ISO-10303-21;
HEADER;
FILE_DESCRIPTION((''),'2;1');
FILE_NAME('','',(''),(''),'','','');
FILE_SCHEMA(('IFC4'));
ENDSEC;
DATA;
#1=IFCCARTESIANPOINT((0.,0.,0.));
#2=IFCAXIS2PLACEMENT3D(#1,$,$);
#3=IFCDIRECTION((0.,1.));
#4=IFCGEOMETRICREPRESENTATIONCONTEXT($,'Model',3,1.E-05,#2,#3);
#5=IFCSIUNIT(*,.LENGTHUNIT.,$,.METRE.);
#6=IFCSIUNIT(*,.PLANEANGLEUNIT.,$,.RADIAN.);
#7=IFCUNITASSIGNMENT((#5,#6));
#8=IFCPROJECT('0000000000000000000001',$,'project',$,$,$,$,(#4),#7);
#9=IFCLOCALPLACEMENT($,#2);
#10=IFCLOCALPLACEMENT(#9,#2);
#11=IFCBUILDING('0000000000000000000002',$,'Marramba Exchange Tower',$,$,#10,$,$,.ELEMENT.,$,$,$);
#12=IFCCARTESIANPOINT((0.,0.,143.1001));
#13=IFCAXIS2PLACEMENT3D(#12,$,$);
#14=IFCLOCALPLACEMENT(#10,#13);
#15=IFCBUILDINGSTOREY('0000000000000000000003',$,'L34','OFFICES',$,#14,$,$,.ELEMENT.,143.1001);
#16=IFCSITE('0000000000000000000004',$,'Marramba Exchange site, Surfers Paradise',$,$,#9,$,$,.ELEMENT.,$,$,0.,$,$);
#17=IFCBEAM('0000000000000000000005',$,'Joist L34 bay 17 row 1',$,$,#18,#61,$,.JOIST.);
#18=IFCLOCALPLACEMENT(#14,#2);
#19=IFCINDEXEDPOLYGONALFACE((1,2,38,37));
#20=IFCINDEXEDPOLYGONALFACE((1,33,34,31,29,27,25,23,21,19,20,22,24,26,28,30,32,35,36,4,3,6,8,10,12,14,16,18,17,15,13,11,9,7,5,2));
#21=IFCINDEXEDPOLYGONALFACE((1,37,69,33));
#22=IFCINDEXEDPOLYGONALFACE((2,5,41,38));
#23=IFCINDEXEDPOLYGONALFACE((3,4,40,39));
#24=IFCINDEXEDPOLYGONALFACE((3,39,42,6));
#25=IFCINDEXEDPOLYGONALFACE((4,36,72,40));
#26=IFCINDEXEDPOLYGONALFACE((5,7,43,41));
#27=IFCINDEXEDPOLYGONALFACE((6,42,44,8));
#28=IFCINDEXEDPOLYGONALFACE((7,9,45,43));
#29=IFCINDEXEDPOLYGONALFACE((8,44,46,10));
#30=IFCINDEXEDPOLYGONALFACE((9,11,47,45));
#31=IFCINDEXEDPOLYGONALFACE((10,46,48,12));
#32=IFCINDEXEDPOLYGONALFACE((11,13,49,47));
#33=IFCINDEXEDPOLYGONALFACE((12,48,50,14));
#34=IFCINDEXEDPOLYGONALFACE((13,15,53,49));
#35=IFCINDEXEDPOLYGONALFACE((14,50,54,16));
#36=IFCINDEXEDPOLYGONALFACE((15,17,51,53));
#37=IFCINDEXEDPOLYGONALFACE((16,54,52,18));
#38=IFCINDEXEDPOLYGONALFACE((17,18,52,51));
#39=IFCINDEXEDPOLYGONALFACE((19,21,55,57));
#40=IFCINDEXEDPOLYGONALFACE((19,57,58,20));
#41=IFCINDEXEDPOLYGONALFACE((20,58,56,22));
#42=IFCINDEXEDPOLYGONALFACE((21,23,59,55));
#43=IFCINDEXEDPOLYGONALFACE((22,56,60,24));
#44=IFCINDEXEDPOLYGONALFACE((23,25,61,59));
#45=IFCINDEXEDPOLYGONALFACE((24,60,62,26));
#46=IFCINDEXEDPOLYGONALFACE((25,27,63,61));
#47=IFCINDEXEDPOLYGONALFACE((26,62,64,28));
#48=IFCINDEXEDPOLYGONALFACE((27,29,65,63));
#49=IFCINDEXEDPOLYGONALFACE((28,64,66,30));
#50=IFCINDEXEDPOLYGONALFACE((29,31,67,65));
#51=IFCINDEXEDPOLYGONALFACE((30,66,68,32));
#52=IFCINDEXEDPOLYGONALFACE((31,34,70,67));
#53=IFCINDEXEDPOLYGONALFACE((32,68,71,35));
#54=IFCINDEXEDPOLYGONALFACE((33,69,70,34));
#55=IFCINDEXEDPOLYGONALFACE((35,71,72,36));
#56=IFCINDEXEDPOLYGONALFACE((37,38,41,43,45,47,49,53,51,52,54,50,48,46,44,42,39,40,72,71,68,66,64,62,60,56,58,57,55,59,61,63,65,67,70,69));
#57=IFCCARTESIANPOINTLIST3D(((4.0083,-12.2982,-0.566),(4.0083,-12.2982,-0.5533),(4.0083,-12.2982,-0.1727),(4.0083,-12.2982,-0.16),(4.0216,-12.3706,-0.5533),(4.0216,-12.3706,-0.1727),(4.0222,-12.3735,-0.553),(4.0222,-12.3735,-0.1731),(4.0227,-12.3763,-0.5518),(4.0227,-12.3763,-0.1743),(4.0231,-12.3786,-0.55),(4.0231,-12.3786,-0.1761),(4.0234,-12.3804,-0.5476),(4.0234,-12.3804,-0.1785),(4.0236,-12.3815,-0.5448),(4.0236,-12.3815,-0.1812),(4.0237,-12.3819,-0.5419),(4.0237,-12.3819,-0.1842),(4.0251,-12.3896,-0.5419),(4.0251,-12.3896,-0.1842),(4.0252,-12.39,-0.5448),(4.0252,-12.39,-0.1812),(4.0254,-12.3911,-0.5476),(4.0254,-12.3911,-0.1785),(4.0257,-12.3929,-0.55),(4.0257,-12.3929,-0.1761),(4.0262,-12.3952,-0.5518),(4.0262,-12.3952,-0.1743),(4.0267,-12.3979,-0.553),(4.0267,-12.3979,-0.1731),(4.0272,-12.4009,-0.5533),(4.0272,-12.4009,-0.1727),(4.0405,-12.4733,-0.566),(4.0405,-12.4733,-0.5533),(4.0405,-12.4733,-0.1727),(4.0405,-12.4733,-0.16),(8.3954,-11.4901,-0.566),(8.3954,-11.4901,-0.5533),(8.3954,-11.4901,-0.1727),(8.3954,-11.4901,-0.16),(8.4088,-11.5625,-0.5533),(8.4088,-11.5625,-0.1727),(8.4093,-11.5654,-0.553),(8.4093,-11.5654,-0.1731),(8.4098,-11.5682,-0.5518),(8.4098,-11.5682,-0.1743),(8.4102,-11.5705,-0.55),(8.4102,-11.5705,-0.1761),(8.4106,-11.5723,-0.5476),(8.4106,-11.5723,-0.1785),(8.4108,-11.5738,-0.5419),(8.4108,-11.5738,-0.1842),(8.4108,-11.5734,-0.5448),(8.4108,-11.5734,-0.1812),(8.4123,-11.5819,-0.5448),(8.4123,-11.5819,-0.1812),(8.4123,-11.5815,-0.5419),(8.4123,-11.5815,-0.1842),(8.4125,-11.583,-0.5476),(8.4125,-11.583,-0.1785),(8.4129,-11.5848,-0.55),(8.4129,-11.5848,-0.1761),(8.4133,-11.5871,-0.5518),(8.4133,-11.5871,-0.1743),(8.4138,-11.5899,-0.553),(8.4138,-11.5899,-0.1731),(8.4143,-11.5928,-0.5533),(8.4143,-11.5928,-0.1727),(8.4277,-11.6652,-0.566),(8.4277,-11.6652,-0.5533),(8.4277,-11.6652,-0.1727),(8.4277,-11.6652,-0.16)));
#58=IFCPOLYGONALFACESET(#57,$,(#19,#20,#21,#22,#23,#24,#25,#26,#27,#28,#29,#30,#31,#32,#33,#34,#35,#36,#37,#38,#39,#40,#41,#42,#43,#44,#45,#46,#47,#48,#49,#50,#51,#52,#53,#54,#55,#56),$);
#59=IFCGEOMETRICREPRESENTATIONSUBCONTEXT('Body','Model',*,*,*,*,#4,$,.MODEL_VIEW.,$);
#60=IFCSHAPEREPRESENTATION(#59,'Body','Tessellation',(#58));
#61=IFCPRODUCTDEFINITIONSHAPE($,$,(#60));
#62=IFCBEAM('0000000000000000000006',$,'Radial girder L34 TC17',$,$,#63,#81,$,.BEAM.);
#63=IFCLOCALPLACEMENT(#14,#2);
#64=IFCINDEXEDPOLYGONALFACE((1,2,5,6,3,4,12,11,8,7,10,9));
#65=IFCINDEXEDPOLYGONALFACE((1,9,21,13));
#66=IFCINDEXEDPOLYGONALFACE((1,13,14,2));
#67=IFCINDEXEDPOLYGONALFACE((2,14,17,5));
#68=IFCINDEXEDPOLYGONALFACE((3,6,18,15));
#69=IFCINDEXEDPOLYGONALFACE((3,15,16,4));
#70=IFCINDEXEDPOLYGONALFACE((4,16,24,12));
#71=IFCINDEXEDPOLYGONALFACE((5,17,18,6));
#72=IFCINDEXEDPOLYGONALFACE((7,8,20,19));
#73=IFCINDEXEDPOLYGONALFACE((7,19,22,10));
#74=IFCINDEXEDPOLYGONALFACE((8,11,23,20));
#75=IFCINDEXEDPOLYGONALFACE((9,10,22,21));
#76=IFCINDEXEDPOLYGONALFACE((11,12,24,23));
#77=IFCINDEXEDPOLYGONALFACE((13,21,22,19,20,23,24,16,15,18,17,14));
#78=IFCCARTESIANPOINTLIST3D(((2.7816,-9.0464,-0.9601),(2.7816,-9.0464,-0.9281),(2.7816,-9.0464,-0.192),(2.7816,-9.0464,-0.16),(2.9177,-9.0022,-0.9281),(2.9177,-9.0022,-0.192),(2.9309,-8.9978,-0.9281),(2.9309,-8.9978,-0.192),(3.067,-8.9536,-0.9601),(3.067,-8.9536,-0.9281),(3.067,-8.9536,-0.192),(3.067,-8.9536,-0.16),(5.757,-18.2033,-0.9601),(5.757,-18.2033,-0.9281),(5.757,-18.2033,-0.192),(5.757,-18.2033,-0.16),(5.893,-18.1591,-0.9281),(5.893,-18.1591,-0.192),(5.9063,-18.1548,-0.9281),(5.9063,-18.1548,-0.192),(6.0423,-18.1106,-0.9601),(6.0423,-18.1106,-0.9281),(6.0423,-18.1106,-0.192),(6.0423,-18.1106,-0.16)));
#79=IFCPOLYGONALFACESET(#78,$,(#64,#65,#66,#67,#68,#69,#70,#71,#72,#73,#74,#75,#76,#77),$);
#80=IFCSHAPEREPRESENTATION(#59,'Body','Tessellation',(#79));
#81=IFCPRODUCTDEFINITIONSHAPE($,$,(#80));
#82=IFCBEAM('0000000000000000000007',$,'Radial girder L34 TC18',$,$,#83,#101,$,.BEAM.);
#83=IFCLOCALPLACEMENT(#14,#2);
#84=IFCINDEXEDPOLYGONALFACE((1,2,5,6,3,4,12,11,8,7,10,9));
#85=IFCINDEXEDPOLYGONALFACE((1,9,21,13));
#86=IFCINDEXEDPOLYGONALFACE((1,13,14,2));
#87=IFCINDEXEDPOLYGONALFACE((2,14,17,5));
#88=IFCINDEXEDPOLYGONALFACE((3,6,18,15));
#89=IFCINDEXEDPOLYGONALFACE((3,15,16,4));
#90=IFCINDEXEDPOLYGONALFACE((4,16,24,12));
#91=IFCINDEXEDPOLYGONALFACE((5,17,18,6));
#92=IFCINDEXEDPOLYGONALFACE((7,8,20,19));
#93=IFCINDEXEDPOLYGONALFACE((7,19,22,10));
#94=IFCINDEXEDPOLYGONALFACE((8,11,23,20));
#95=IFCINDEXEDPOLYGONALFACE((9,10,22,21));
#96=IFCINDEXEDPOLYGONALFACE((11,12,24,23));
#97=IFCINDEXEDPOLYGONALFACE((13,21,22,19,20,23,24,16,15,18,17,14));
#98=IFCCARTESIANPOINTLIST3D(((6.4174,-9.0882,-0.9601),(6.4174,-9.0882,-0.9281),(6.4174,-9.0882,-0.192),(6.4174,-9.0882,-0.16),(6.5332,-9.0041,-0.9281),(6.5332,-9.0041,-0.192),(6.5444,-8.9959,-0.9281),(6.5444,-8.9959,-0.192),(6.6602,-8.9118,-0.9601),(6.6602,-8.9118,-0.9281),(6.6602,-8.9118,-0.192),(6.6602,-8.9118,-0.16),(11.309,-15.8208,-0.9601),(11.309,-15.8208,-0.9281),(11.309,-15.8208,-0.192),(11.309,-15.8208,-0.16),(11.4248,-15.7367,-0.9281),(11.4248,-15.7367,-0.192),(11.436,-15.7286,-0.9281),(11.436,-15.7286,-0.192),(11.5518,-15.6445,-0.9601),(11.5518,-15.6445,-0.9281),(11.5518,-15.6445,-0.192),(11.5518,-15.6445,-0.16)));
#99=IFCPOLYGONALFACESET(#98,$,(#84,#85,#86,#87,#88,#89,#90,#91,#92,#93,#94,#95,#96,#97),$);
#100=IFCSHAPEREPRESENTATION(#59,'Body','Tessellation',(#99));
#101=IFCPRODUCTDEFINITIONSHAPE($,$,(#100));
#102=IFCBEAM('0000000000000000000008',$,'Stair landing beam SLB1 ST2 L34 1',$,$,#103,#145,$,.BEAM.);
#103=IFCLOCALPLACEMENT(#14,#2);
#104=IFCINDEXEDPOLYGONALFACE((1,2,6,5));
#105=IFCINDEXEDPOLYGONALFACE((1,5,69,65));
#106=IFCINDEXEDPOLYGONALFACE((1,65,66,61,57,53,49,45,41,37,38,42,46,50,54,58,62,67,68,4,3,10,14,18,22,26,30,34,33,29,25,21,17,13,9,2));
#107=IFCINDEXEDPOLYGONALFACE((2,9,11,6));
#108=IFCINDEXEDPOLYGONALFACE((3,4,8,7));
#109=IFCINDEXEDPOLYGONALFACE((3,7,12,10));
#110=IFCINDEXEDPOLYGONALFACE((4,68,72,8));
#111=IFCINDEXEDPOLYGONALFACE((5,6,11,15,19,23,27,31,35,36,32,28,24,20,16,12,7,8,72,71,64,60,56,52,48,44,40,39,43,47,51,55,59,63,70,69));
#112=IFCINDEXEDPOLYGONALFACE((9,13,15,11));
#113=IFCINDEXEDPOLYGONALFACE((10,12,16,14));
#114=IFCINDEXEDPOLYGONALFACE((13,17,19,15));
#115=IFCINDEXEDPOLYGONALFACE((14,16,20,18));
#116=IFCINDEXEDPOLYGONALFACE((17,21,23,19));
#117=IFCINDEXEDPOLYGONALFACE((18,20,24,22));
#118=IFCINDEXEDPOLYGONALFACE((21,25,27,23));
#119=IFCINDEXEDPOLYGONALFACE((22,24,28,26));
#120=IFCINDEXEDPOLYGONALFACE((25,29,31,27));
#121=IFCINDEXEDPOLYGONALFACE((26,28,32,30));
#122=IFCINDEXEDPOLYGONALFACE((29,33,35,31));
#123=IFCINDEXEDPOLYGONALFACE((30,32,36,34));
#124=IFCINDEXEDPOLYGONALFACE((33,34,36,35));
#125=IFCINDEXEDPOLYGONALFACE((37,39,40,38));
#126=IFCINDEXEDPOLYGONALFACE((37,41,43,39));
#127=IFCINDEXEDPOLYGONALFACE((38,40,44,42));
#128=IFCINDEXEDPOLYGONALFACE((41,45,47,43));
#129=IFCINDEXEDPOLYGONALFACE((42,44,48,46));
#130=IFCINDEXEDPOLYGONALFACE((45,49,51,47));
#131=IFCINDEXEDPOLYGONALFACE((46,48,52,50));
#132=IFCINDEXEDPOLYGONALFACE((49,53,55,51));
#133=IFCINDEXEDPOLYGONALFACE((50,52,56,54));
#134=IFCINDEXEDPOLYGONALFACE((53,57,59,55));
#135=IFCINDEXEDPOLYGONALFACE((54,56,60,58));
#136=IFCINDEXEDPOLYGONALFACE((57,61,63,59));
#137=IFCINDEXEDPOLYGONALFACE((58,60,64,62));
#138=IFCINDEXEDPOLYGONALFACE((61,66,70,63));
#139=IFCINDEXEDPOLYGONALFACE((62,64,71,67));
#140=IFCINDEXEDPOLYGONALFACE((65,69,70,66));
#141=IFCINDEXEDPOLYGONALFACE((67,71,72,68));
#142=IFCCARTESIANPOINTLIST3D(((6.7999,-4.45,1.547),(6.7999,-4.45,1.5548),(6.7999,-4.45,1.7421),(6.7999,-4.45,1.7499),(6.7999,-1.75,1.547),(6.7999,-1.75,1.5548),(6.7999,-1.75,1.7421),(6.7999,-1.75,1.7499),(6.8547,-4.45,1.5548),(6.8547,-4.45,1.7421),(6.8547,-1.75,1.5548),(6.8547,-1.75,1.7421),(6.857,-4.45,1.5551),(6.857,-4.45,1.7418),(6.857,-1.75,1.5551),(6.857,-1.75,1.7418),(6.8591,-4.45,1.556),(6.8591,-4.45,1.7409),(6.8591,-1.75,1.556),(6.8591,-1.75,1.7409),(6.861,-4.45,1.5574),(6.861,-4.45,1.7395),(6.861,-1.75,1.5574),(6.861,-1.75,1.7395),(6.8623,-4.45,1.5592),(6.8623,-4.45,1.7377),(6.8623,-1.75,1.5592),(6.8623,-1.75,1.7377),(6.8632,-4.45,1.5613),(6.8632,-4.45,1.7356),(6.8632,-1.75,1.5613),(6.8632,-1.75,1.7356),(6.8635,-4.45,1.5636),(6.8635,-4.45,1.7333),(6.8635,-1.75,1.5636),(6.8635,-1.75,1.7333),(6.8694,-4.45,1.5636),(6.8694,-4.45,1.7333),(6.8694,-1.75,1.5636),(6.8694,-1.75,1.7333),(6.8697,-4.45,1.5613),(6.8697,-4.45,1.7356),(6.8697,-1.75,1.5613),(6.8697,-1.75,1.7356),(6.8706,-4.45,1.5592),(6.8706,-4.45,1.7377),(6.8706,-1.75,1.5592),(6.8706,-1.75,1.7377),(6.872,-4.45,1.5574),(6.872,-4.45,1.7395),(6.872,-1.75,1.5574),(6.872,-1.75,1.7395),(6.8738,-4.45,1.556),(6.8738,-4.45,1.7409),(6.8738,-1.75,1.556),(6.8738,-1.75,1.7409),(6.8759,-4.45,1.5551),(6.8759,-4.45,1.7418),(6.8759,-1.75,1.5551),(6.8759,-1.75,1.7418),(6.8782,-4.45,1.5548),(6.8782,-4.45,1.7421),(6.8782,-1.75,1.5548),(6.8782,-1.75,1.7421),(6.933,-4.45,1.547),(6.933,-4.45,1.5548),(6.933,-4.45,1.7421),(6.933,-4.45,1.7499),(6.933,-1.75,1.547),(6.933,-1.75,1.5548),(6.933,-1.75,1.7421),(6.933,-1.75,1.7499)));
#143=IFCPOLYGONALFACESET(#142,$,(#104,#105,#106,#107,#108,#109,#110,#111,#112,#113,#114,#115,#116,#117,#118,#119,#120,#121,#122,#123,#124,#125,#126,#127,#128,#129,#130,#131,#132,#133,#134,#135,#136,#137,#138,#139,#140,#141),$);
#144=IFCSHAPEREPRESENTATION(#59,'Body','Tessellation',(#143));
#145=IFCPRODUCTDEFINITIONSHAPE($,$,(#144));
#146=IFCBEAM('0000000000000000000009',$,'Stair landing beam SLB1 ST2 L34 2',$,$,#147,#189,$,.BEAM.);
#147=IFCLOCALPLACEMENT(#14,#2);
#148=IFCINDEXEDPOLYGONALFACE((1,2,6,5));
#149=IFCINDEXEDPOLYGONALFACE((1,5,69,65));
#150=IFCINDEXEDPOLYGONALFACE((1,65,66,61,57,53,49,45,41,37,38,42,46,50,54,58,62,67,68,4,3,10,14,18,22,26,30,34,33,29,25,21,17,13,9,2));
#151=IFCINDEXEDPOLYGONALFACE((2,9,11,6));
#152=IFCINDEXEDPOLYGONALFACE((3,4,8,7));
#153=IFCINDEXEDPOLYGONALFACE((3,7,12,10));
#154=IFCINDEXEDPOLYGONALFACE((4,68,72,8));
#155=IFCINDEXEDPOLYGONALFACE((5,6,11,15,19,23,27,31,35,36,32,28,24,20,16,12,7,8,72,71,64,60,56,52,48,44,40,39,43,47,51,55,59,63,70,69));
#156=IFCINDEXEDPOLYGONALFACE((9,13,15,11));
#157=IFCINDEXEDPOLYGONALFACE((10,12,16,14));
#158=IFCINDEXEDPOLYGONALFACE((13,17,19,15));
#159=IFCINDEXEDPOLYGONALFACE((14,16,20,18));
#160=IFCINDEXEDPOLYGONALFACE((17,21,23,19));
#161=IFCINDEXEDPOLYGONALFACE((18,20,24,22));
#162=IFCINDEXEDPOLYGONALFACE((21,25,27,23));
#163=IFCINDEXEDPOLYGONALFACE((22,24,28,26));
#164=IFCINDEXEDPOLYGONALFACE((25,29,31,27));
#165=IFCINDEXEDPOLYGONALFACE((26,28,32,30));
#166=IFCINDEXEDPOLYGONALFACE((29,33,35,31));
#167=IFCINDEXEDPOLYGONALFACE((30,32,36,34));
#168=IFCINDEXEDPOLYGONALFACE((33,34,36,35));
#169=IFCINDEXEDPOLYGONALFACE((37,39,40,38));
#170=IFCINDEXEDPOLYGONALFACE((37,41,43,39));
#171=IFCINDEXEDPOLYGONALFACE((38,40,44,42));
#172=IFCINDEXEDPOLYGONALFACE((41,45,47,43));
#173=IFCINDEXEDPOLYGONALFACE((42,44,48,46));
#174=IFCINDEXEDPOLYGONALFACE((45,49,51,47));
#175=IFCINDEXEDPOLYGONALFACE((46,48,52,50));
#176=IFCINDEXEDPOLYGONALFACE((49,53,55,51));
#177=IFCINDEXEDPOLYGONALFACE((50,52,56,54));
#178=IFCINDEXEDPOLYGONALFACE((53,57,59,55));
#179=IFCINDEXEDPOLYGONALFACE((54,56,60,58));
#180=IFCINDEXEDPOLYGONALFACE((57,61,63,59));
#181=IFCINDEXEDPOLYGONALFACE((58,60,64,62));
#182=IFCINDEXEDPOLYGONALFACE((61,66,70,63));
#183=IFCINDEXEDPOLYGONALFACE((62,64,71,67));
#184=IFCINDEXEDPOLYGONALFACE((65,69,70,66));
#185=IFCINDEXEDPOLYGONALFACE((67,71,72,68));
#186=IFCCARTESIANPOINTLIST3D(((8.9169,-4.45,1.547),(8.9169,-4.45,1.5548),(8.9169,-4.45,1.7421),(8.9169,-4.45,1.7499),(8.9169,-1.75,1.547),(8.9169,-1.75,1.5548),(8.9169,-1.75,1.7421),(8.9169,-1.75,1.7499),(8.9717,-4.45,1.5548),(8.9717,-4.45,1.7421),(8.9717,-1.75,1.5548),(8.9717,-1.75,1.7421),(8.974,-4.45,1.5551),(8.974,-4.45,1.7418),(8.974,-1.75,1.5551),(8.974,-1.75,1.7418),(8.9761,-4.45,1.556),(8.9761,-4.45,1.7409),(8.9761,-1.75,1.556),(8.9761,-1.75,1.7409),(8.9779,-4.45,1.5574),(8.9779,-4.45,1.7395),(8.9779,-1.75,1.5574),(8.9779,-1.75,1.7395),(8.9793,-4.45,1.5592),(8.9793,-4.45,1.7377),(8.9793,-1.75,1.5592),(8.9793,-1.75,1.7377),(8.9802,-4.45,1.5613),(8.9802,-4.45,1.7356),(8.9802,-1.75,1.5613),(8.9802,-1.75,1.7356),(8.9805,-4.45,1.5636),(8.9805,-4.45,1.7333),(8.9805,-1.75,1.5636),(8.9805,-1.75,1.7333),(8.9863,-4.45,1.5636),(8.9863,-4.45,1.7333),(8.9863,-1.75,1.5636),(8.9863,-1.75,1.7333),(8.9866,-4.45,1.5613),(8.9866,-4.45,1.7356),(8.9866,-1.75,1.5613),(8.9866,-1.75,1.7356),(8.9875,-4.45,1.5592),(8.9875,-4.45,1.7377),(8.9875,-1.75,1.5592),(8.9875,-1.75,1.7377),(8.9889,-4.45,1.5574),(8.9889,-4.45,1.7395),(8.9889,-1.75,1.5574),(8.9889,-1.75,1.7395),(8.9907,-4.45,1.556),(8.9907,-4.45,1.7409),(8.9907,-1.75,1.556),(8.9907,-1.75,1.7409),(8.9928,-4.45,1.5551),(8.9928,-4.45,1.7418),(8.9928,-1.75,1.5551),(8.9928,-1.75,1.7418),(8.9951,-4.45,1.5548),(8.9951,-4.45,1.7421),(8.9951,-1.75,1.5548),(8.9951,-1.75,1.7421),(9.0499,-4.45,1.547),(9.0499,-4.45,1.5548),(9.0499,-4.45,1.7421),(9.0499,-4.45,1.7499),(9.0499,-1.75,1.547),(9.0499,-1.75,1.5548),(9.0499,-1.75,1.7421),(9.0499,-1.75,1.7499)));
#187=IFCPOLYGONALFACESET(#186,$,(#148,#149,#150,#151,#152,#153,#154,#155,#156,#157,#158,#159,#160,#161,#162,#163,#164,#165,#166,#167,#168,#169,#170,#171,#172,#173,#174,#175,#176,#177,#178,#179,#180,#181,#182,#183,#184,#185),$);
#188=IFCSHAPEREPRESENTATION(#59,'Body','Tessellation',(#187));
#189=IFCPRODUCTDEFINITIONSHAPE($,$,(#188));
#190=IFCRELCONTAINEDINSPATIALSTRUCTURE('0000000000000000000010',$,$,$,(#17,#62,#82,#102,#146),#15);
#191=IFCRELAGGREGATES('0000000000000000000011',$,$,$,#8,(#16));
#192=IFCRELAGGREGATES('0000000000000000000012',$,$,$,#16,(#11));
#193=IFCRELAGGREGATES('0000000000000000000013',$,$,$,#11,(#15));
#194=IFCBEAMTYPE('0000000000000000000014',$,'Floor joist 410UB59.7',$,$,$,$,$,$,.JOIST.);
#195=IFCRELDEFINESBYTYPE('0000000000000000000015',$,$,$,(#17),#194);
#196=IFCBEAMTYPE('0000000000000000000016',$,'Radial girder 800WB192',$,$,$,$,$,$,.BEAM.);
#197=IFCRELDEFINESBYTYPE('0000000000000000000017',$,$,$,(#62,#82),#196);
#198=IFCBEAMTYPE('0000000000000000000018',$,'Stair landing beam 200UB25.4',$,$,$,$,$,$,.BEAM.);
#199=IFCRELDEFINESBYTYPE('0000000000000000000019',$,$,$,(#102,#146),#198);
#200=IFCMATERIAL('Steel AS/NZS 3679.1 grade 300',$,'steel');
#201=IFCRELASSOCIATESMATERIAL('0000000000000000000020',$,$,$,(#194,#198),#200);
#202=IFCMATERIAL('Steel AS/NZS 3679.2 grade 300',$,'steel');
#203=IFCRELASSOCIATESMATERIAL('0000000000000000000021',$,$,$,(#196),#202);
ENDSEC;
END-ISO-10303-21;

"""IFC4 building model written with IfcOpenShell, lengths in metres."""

from ifc_helpers import new_model, si_unit, direction, frame, origin, origin_2d, place, context, subcontext, project, spatial, i_section, extrude, material, material_profile, profile_set, type_object, element, save


model = new_model("IFC4")

# Units and contexts
model_context = context("Model", 3, precision=1e-05, world=origin(), true_north=direction((0.0, 1.0)))
body_context = subcontext(model_context, "Body", "Model", "MODEL_VIEW")
ifc_project = project(units=[si_unit("LENGTHUNIT", "METRE"), si_unit("PLANEANGLEUNIT", "RADIAN")], contexts=[model_context])

# Site, building, storey
site_placement = place(None, origin())
site = spatial("IfcSite", under=ifc_project, at=site_placement, Name="Marramba Exchange site, Surfers Paradise", CompositionType="ELEMENT", RefElevation=0.0)
building_placement = place(site_placement, origin())
building = spatial("IfcBuilding", under=site, at=building_placement, Name="Marramba Exchange Tower", CompositionType="ELEMENT")
storey_placement = place(building_placement, frame((0.0, 0.0, 143.1001)))
storey = spatial("IfcBuildingStorey", under=building, at=storey_placement, Name="L34", Description="OFFICES", CompositionType="ELEMENT", Elevation=143.1001)

# Beams
ifc_material_1 = material(Name="Steel AS/NZS 3679.1 grade 300", Category="steel")
ifc_material_profile_1 = material_profile(ifc_material_1, i_section(OverallWidth=0.178, OverallDepth=0.406, WebThickness=0.0078, FlangeThickness=0.0127, FilletRadius=0.0115, at=origin_2d()), Name="410UB59.7")
ifc_profile_set_1 = profile_set([ifc_material_profile_1], Name="Steel AS/NZS 3679.1 grade 300")
beam_type_1 = type_object("IfcBeamType", Name="Floor joist 410UB59.7", PredefinedType="JOIST", material=ifc_profile_set_1)
beam_1_placement = place(storey_placement, frame((4.0244, -12.3857, -0.363), z_axis=(0.983456, 0.181149, 0.0), x_axis=(-0.181149, 0.983456, 0.0)))
element("IfcBeam", 1, at=beam_1_placement, inside=storey, type_object=beam_type_1, Name="Joist L34 bay 17 row 1", PredefinedType="JOIST", context=body_context, shape_type="SweptSolid", body=[
    extrude(i_section(OverallWidth=0.178, OverallDepth=0.406, WebThickness=0.0078, FlangeThickness=0.0127, FilletRadius=0.0115, at=origin_2d()), origin(), (0.0, 0.0, 1.0), 4.4609),
])
ifc_material_2 = material(Name="Steel AS/NZS 3679.2 grade 300", Category="steel")
ifc_material_profile_2 = material_profile(ifc_material_2, i_section(OverallWidth=0.3, OverallDepth=0.8, WebThickness=0.0139, FlangeThickness=0.032, at=origin_2d()), Name="800WB192")
ifc_profile_set_2 = profile_set([ifc_material_profile_2], Name="Steel AS/NZS 3679.2 grade 300")
beam_type_2 = type_object("IfcBeamType", Name="Radial girder 800WB192", PredefinedType="BEAM", material=ifc_profile_set_2)
beam_2_placement = place(storey_placement, frame((2.9243, -9.0, -0.5601), z_axis=(0.309022, -0.951055, 0.0), x_axis=(0.951055, 0.309022, 0.0)))
element("IfcBeam", 2, at=beam_2_placement, inside=storey, type_object=beam_type_2, Name="Radial girder L34 TC17", PredefinedType="BEAM", context=body_context, shape_type="SweptSolid", body=[
    extrude(i_section(OverallWidth=0.3, OverallDepth=0.8, WebThickness=0.0139, FlangeThickness=0.032, at=origin_2d()), origin(), (0.0, 0.0, 1.0), 9.6282),
])
beam_3_placement = place(storey_placement, frame((6.5388, -9.0, -0.5601), z_axis=(0.587788, -0.809015, 0.0), x_axis=(0.809015, 0.587788, 0.0)))
element("IfcBeam", 3, at=beam_3_placement, inside=storey, type_object=beam_type_2, Name="Radial girder L34 TC18", PredefinedType="BEAM", context=body_context, shape_type="SweptSolid", body=[
    extrude(i_section(OverallWidth=0.3, OverallDepth=0.8, WebThickness=0.0139, FlangeThickness=0.032, at=origin_2d()), origin(), (0.0, 0.0, 1.0), 8.322),
])
ifc_material_profile_3 = material_profile(ifc_material_1, i_section(OverallWidth=0.1331, OverallDepth=0.2029, WebThickness=0.0059, FlangeThickness=0.0078, FilletRadius=0.0088, at=origin_2d()), Name="200UB25.4")
ifc_profile_set_3 = profile_set([ifc_material_profile_3], Name="Steel AS/NZS 3679.1 grade 300")
beam_type_3 = type_object("IfcBeamType", Name="Stair landing beam 200UB25.4", PredefinedType="BEAM", material=ifc_profile_set_3)
for number, where, z_axis, x_axis, name in (
    (4, (6.8665, -4.45, 1.6484), (0.0, 1.0, 0.0), (-1.0, 0.0, 0.0), "Stair landing beam SLB1 ST2 L34 1"),
    (5, (8.9834, -4.45, 1.6484), (0.0, 1.0, 0.0), (-1.0, 0.0, 0.0), "Stair landing beam SLB1 ST2 L34 2"),
):
    element("IfcBeam", number, at=place(storey_placement, frame(where, z_axis=z_axis, x_axis=x_axis)), inside=storey, type_object=beam_type_3, Name=name, PredefinedType="BEAM", context=body_context, shape_type="SweptSolid", body=[
        extrude(i_section(OverallWidth=0.1331, OverallDepth=0.2029, WebThickness=0.0059, FlangeThickness=0.0078, FilletRadius=0.0088, at=origin_2d()), origin(), (0.0, 0.0, 1.0), 2.7),
    ])

save(model, "model.ifc")
